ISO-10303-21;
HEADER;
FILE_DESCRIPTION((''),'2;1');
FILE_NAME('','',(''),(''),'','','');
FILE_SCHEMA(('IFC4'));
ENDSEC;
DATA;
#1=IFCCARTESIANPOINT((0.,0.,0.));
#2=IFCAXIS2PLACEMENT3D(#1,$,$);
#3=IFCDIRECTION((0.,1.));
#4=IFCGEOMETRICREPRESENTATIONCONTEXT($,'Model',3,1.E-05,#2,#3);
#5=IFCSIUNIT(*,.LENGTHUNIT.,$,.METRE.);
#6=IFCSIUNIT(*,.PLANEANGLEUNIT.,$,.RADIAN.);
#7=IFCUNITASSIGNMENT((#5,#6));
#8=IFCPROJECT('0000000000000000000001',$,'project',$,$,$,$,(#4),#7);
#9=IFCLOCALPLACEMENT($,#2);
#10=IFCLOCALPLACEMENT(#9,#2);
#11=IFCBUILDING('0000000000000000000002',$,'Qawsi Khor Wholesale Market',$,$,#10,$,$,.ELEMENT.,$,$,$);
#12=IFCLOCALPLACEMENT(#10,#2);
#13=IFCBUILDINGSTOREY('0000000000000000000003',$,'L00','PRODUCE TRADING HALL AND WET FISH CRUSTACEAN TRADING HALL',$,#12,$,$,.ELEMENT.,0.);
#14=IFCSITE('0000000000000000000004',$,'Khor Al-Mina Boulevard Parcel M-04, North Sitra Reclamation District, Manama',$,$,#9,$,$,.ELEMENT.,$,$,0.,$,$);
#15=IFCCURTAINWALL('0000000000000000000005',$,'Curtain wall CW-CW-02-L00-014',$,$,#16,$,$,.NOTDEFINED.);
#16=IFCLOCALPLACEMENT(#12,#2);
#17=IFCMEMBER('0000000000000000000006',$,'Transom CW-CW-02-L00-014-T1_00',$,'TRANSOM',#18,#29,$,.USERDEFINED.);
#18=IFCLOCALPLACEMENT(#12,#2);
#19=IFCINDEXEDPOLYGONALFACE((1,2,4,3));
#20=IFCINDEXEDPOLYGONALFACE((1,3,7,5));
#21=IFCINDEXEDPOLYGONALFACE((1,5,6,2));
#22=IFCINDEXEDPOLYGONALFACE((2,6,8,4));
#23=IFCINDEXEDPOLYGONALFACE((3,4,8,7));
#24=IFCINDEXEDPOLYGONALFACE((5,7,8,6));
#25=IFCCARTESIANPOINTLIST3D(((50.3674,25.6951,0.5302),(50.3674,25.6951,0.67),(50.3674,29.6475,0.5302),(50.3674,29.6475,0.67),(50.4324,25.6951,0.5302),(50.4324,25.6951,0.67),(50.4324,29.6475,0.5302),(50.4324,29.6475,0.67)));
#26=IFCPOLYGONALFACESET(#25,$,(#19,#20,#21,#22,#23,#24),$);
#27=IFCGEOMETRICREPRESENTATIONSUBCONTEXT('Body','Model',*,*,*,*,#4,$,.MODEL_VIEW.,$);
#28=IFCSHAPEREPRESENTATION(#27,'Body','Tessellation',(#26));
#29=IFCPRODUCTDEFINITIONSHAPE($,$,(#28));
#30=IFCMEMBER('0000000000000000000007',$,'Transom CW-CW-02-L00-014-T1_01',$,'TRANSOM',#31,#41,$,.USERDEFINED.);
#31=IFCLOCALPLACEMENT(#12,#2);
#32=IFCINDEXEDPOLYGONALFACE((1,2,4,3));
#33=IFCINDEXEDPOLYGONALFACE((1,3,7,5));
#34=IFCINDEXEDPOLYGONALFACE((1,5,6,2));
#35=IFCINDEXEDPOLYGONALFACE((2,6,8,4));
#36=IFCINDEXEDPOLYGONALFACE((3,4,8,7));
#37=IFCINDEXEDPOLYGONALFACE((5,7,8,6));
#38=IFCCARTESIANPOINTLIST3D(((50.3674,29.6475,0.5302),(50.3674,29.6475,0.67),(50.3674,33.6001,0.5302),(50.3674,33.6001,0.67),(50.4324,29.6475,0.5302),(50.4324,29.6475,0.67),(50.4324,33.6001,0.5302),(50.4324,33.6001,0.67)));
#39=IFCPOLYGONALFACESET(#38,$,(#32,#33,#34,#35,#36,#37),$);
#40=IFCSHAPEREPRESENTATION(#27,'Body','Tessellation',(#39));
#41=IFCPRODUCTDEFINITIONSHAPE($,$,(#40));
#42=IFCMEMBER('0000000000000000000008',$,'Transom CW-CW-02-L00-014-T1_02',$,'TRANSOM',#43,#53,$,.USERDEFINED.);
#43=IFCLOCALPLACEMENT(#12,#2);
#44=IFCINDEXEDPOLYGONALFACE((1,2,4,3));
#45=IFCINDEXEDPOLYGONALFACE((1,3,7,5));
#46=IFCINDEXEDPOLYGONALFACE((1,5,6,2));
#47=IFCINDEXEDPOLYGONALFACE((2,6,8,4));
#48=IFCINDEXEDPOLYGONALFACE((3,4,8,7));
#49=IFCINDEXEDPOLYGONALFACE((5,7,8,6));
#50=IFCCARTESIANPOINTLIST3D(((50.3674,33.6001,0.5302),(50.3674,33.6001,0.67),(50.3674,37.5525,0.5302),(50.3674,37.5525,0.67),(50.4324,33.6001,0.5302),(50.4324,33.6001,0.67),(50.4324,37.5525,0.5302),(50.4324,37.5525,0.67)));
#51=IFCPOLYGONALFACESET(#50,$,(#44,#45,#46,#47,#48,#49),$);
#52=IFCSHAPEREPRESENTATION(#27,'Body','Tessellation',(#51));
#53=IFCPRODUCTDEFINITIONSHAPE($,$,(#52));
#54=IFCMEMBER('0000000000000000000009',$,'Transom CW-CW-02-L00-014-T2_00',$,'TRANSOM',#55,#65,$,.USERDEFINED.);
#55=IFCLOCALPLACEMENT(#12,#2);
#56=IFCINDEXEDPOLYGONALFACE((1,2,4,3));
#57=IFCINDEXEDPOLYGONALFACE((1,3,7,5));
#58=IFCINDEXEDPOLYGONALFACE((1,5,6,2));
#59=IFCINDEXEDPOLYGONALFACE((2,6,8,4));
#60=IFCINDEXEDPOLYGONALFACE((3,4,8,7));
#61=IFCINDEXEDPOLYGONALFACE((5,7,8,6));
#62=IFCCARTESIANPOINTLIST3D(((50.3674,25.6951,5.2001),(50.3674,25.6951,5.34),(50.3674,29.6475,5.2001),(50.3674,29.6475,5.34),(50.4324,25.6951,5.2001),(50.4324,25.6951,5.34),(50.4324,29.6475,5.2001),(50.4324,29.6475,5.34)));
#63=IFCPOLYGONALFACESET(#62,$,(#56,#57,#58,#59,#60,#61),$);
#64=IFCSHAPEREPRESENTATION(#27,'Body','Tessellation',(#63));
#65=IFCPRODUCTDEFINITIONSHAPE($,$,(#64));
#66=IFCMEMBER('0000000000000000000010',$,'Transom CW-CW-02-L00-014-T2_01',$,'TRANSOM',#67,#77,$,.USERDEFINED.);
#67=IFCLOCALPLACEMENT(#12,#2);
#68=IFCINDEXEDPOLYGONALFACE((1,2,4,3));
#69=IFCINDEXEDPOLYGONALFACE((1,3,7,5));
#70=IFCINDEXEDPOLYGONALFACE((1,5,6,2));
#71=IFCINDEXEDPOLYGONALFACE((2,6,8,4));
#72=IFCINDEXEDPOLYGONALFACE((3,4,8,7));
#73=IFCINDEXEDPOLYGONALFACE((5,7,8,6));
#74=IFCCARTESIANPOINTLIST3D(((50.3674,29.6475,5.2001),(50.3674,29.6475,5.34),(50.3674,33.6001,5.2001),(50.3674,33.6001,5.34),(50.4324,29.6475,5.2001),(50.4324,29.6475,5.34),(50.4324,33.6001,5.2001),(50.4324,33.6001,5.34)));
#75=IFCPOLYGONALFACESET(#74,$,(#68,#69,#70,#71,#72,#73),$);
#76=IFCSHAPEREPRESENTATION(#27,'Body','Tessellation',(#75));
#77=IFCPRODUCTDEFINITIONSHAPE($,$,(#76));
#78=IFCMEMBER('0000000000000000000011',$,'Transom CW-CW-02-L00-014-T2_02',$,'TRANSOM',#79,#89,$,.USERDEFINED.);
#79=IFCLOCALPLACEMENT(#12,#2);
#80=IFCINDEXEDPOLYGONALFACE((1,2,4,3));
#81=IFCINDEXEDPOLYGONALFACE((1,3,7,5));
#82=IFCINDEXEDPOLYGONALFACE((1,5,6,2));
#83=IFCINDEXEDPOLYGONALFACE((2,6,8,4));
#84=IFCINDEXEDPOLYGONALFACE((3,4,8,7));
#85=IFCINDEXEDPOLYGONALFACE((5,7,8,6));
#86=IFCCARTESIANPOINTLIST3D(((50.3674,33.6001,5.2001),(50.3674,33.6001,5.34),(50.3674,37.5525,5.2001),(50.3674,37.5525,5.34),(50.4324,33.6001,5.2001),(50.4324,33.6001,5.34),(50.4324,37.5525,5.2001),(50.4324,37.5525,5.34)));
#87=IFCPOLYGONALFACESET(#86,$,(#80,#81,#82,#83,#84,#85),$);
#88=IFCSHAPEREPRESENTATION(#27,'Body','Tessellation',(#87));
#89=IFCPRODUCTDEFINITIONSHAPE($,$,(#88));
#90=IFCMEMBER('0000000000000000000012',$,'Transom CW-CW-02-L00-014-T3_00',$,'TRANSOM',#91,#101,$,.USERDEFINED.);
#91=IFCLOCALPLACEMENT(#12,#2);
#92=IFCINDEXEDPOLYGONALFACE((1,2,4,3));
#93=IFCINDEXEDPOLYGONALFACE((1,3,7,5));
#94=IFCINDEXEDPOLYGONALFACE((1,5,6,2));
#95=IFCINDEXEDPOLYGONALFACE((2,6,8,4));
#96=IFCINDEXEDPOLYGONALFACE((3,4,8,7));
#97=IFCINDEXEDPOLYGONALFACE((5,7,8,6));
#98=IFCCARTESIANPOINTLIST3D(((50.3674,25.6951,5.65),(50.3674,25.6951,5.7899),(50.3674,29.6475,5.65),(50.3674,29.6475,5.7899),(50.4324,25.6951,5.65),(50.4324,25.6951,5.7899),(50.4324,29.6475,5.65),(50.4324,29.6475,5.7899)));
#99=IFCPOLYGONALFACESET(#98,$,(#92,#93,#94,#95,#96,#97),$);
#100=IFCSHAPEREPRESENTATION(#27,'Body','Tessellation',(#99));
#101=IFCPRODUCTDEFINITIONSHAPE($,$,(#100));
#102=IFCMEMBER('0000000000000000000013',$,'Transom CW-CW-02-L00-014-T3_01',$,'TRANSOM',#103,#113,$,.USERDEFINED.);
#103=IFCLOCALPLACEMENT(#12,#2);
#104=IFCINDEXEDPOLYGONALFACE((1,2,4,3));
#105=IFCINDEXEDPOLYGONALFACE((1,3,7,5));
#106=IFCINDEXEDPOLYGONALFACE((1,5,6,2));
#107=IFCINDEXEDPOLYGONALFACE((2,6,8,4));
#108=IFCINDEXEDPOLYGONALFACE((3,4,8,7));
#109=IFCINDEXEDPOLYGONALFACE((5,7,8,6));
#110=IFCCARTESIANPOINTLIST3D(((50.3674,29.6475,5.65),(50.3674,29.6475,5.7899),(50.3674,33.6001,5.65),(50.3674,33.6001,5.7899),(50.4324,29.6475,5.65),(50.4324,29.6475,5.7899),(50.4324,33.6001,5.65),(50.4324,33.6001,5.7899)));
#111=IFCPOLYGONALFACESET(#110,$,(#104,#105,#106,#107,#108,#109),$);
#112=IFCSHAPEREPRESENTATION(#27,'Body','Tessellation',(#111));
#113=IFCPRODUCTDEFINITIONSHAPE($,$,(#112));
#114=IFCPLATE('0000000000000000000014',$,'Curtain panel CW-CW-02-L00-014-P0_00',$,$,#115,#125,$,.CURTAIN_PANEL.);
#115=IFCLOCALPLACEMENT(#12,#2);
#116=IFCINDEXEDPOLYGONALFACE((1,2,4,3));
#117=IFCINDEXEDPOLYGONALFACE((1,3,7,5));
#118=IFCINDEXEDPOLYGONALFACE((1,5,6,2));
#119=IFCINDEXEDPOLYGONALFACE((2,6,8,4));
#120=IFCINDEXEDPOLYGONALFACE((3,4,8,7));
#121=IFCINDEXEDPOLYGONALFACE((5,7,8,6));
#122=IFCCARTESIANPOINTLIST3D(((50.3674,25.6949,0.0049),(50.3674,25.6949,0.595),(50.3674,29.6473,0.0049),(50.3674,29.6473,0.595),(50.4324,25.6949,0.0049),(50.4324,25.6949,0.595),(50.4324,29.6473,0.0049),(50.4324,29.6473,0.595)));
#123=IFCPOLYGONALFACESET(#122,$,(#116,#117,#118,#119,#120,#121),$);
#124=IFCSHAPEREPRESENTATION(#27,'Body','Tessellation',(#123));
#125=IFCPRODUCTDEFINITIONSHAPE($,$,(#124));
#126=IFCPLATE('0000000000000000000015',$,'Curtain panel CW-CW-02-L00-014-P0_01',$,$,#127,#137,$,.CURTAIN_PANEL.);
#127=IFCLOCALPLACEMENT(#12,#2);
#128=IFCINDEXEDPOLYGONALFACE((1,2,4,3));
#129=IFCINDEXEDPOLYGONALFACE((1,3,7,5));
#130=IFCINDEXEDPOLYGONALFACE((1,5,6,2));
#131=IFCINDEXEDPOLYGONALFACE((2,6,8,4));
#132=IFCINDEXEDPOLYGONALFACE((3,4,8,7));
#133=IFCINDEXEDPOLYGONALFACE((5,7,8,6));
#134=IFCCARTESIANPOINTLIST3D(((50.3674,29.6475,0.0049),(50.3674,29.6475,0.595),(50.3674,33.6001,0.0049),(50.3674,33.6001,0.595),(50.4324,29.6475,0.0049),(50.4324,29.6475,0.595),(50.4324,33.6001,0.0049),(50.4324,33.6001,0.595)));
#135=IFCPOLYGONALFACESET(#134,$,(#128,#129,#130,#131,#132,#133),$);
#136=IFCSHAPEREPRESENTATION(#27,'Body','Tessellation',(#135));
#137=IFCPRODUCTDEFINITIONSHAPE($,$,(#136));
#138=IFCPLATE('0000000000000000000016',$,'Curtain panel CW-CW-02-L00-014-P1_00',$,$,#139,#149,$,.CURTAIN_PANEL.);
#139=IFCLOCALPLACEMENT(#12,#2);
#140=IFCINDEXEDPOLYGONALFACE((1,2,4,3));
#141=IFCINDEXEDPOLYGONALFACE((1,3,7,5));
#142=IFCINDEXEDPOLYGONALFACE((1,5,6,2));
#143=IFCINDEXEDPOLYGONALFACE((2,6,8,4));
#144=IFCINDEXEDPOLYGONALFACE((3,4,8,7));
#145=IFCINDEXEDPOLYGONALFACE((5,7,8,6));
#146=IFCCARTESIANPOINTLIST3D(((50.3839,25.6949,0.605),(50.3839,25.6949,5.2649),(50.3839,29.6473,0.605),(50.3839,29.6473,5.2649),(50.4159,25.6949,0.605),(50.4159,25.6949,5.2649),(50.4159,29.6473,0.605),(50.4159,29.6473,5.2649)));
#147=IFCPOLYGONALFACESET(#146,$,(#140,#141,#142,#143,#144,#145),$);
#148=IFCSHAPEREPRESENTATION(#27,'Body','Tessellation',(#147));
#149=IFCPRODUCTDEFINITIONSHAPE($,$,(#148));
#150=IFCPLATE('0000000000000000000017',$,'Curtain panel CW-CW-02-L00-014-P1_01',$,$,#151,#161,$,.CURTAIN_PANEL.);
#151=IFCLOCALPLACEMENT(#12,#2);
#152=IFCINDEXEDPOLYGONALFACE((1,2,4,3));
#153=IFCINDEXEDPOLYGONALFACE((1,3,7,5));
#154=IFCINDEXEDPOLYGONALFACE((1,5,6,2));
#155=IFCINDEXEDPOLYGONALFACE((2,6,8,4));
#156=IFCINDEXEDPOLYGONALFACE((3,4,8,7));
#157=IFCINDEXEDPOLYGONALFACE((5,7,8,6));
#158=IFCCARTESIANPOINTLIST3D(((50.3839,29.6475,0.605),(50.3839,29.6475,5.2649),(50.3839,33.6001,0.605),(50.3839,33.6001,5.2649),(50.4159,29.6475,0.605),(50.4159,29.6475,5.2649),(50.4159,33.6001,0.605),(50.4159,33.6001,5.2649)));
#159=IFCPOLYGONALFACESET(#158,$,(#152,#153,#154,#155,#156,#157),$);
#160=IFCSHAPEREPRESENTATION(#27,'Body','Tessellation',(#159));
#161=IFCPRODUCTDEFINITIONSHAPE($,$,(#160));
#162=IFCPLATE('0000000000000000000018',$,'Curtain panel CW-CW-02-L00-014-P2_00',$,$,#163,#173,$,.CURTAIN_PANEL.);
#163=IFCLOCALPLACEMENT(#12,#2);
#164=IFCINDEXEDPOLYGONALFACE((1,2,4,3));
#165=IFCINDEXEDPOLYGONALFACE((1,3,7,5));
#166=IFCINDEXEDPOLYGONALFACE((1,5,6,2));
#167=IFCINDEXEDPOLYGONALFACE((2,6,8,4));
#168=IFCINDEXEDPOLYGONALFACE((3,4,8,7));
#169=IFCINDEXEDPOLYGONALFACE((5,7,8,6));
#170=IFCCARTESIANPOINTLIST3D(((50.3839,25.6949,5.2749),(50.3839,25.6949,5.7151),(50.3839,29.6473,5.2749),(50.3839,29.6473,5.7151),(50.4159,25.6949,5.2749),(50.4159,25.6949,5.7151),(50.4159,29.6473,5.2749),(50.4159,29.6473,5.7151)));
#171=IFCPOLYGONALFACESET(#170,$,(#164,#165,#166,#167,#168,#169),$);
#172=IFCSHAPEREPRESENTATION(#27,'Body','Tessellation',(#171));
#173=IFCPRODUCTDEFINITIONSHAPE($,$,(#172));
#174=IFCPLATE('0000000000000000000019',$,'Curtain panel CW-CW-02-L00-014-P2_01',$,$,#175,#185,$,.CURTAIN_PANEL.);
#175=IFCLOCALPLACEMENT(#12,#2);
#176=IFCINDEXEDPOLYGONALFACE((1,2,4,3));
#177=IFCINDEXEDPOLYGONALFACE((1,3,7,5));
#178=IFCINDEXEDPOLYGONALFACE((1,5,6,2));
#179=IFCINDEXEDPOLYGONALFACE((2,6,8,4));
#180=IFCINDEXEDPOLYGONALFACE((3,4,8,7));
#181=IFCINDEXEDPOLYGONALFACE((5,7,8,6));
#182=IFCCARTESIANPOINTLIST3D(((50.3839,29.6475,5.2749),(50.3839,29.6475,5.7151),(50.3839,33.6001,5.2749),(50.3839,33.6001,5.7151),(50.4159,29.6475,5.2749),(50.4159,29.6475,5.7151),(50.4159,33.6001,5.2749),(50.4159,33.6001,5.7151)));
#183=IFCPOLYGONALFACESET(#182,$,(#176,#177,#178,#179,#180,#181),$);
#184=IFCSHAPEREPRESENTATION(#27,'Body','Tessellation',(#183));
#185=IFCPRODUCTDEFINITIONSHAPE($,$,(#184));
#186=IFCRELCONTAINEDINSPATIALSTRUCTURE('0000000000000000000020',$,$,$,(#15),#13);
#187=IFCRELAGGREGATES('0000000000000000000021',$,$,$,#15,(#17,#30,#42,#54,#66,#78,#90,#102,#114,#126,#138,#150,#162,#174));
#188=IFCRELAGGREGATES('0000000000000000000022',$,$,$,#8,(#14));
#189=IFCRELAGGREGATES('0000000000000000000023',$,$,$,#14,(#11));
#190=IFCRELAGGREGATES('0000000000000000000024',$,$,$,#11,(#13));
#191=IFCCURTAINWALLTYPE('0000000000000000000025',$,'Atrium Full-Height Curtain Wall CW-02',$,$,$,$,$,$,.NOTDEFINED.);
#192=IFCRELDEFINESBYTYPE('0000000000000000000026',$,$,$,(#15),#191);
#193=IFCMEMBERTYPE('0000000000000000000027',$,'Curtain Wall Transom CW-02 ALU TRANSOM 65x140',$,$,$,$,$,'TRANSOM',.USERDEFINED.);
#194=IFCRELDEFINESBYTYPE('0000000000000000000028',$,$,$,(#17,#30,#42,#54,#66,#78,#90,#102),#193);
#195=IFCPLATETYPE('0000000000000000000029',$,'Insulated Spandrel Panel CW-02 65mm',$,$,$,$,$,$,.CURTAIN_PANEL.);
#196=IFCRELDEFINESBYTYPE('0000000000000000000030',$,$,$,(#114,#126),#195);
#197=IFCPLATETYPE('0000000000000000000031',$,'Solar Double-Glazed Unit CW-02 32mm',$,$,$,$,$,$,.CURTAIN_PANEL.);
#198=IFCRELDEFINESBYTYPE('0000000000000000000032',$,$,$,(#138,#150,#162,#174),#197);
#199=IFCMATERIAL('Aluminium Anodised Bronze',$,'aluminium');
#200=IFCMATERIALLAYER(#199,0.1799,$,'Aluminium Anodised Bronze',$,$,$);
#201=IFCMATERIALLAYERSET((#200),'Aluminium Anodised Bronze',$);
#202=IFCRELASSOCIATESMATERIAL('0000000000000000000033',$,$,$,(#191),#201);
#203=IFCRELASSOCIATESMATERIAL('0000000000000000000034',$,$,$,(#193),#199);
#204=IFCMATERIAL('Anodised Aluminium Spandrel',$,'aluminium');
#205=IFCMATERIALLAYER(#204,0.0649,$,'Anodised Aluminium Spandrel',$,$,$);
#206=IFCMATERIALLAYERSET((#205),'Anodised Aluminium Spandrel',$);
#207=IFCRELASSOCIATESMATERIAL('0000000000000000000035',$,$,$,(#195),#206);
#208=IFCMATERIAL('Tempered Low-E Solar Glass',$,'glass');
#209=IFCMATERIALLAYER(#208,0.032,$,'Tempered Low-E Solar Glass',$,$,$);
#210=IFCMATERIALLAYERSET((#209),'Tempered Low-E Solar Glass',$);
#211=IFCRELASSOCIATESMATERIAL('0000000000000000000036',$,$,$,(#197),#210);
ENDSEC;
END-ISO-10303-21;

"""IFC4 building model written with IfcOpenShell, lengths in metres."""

from ifc_helpers import new_model, si_unit, direction, frame, frame_2d, origin, origin_2d, place, context, subcontext, project, spatial, rectangle, extrude, material, layer, layer_set, material_profile, profile_set, type_object, element, aggregate, save


model = new_model("IFC4")

# Units and contexts
model_context = context("Model", 3, precision=1e-05, world=origin(), true_north=direction((0.0, 1.0)))
body_context = subcontext(model_context, "Body", "Model", "MODEL_VIEW")
ifc_project = project(units=[si_unit("LENGTHUNIT", "METRE"), si_unit("PLANEANGLEUNIT", "RADIAN")], contexts=[model_context])

# Site, building, storey
site_placement = place(None, origin())
site = spatial("IfcSite", under=ifc_project, at=site_placement, Name="Khor Al-Mina Boulevard Parcel M-04, North Sitra Reclamation District, Manama", CompositionType="ELEMENT", RefElevation=0.0)
building_placement = place(site_placement, origin())
building = spatial("IfcBuilding", under=site, at=building_placement, Name="Qawsi Khor Wholesale Market", CompositionType="ELEMENT")
storey_placement = place(building_placement, origin())
storey = spatial("IfcBuildingStorey", under=building, at=storey_placement, Name="L00", Description="PRODUCE TRADING HALL AND WET FISH CRUSTACEAN TRADING HALL", CompositionType="ELEMENT", Elevation=0.0)

# Curtain wall, members, plates
ifc_material_1 = material(Name="Aluminium Anodised Bronze", Category="aluminium")
ifc_layer_1 = layer(ifc_material_1, 0.1799, Name="Aluminium Anodised Bronze")
ifc_layer_set_1 = layer_set([ifc_layer_1], Name="Aluminium Anodised Bronze")
curtain_wall_type = type_object("IfcCurtainWallType", Name="Atrium Full-Height Curtain Wall CW-02", PredefinedType="NOTDEFINED", material=ifc_layer_set_1)
curtain_wall_placement = place(storey_placement, origin())
curtain_wall = element("IfcCurtainWall", 1, at=curtain_wall_placement, inside=storey, type_object=curtain_wall_type, Name="Curtain wall CW-CW-02-L00-014", PredefinedType="NOTDEFINED")
ifc_material_profile_1 = material_profile(ifc_material_1, rectangle(XDim=0.0649, YDim=0.1399, at=origin_2d()), Name="ALU TRANSOM 65x140")
ifc_profile_set_1 = profile_set([ifc_material_profile_1], Name="Aluminium Anodised Bronze")
member_type_1 = type_object("IfcMemberType", Name="Curtain Wall Transom CW-02 ALU TRANSOM 65x140", ElementType="TRANSOM", PredefinedType="USERDEFINED", material=ifc_profile_set_1)
member_1_placement = place(storey_placement, frame((50.3999, 25.6951, 0.6001), z_axis=(0.0, 1.0, 0.0), x_axis=(-1.0, 0.0, 0.0)))
member_1 = element("IfcMember", 2, at=member_1_placement, type_object=member_type_1, Name="Transom CW-CW-02-L00-014-T1_00", ObjectType="TRANSOM", PredefinedType="USERDEFINED", context=body_context, shape_type="SweptSolid", body=[
    extrude(rectangle(XDim=0.0649, YDim=0.1399, at=origin_2d()), origin(), (0.0, 0.0, 1.0), 3.9524),
])
member_2_placement = place(storey_placement, frame((50.3999, 29.6475, 0.6001), z_axis=(0.0, 1.0, 0.0), x_axis=(-1.0, 0.0, 0.0)))
member_2 = element("IfcMember", 3, at=member_2_placement, type_object=member_type_1, Name="Transom CW-CW-02-L00-014-T1_01", ObjectType="TRANSOM", PredefinedType="USERDEFINED", context=body_context, shape_type="SweptSolid", body=[
    extrude(rectangle(XDim=0.0649, YDim=0.1399, at=origin_2d()), origin(), (0.0, 0.0, 1.0), 3.9526),
])
member_3_placement = place(storey_placement, frame((50.3999, 33.6001, 0.6001), z_axis=(0.0, 1.0, 0.0), x_axis=(-1.0, 0.0, 0.0)))
member_3 = element("IfcMember", 4, at=member_3_placement, type_object=member_type_1, Name="Transom CW-CW-02-L00-014-T1_02", ObjectType="TRANSOM", PredefinedType="USERDEFINED", context=body_context, shape_type="SweptSolid", body=[
    extrude(rectangle(XDim=0.0649, YDim=0.1399, at=origin_2d()), origin(), (0.0, 0.0, 1.0), 3.9524),
])
member_4_placement = place(storey_placement, frame((50.3999, 25.6951, 5.27), z_axis=(0.0, 1.0, 0.0), x_axis=(-1.0, 0.0, 0.0)))
member_4 = element("IfcMember", 5, at=member_4_placement, type_object=member_type_1, Name="Transom CW-CW-02-L00-014-T2_00", ObjectType="TRANSOM", PredefinedType="USERDEFINED", context=body_context, shape_type="SweptSolid", body=[
    extrude(rectangle(XDim=0.0649, YDim=0.1399, at=origin_2d()), origin(), (0.0, 0.0, 1.0), 3.9524),
])
member_5_placement = place(storey_placement, frame((50.3999, 29.6475, 5.27), z_axis=(0.0, 1.0, 0.0), x_axis=(-1.0, 0.0, 0.0)))
member_5 = element("IfcMember", 6, at=member_5_placement, type_object=member_type_1, Name="Transom CW-CW-02-L00-014-T2_01", ObjectType="TRANSOM", PredefinedType="USERDEFINED", context=body_context, shape_type="SweptSolid", body=[
    extrude(rectangle(XDim=0.0649, YDim=0.1399, at=origin_2d()), origin(), (0.0, 0.0, 1.0), 3.9526),
])
member_6_placement = place(storey_placement, frame((50.3999, 33.6001, 5.27), z_axis=(0.0, 1.0, 0.0), x_axis=(-1.0, 0.0, 0.0)))
member_6 = element("IfcMember", 7, at=member_6_placement, type_object=member_type_1, Name="Transom CW-CW-02-L00-014-T2_02", ObjectType="TRANSOM", PredefinedType="USERDEFINED", context=body_context, shape_type="SweptSolid", body=[
    extrude(rectangle(XDim=0.0649, YDim=0.1399, at=origin_2d()), origin(), (0.0, 0.0, 1.0), 3.9524),
])
member_7_placement = place(storey_placement, frame((50.3999, 25.6951, 5.72), z_axis=(0.0, 1.0, 0.0), x_axis=(-1.0, 0.0, 0.0)))
member_7 = element("IfcMember", 8, at=member_7_placement, type_object=member_type_1, Name="Transom CW-CW-02-L00-014-T3_00", ObjectType="TRANSOM", PredefinedType="USERDEFINED", context=body_context, shape_type="SweptSolid", body=[
    extrude(rectangle(XDim=0.0649, YDim=0.1399, at=origin_2d()), origin(), (0.0, 0.0, 1.0), 3.9524),
])
member_8_placement = place(storey_placement, frame((50.3999, 29.6475, 5.72), z_axis=(0.0, 1.0, 0.0), x_axis=(-1.0, 0.0, 0.0)))
member_8 = element("IfcMember", 9, at=member_8_placement, type_object=member_type_1, Name="Transom CW-CW-02-L00-014-T3_01", ObjectType="TRANSOM", PredefinedType="USERDEFINED", context=body_context, shape_type="SweptSolid", body=[
    extrude(rectangle(XDim=0.0649, YDim=0.1399, at=origin_2d()), origin(), (0.0, 0.0, 1.0), 3.9526),
])
ifc_material_2 = material(Name="Anodised Aluminium Spandrel", Category="aluminium")
ifc_layer_2 = layer(ifc_material_2, 0.0649, Name="Anodised Aluminium Spandrel")
ifc_layer_set_2 = layer_set([ifc_layer_2], Name="Anodised Aluminium Spandrel")
plate_type_1 = type_object("IfcPlateType", Name="Insulated Spandrel Panel CW-02 65mm", PredefinedType="CURTAIN_PANEL", material=ifc_layer_set_2)
plate_1_placement = place(storey_placement, frame((50.3999, 25.6951, 0.0049), z_axis=(0.0, 0.0, 1.0), x_axis=(0.0, 1.0, 0.0)))
plate_1 = element("IfcPlate", 10, at=plate_1_placement, type_object=plate_type_1, Name="Curtain panel CW-CW-02-L00-014-P0_00", PredefinedType="CURTAIN_PANEL", context=body_context, shape_type="SweptSolid", body=[
    extrude(rectangle(XDim=3.9524, YDim=0.0649, at=frame_2d((1.9761, 0.0))), origin(), (0.0, 0.0, 1.0), 0.5901),
])
plate_2_placement = place(storey_placement, frame((50.3999, 29.6475, 0.0049), z_axis=(0.0, 0.0, 1.0), x_axis=(0.0, 1.0, 0.0)))
plate_2 = element("IfcPlate", 11, at=plate_2_placement, type_object=plate_type_1, Name="Curtain panel CW-CW-02-L00-014-P0_01", PredefinedType="CURTAIN_PANEL", context=body_context, shape_type="SweptSolid", body=[
    extrude(rectangle(XDim=3.9526, YDim=0.0649, at=frame_2d((1.9763, 0.0))), origin(), (0.0, 0.0, 1.0), 0.5901),
])
ifc_material_3 = material(Name="Tempered Low-E Solar Glass", Category="glass")
ifc_layer_3 = layer(ifc_material_3, 0.032, Name="Tempered Low-E Solar Glass")
ifc_layer_set_3 = layer_set([ifc_layer_3], Name="Tempered Low-E Solar Glass")
plate_type_2 = type_object("IfcPlateType", Name="Solar Double-Glazed Unit CW-02 32mm", PredefinedType="CURTAIN_PANEL", material=ifc_layer_set_3)
plate_3_placement = place(storey_placement, frame((50.3999, 25.6951, 0.605), z_axis=(0.0, 0.0, 1.0), x_axis=(0.0, 1.0, 0.0)))
plate_3 = element("IfcPlate", 12, at=plate_3_placement, type_object=plate_type_2, Name="Curtain panel CW-CW-02-L00-014-P1_00", PredefinedType="CURTAIN_PANEL", context=body_context, shape_type="SweptSolid", body=[
    extrude(rectangle(XDim=3.9524, YDim=0.032, at=frame_2d((1.9761, 0.0))), origin(), (0.0, 0.0, 1.0), 4.6599),
])
plate_4_placement = place(storey_placement, frame((50.3999, 29.6475, 0.605), z_axis=(0.0, 0.0, 1.0), x_axis=(0.0, 1.0, 0.0)))
plate_4 = element("IfcPlate", 13, at=plate_4_placement, type_object=plate_type_2, Name="Curtain panel CW-CW-02-L00-014-P1_01", PredefinedType="CURTAIN_PANEL", context=body_context, shape_type="SweptSolid", body=[
    extrude(rectangle(XDim=3.9526, YDim=0.032, at=frame_2d((1.9763, 0.0))), origin(), (0.0, 0.0, 1.0), 4.6599),
])
plate_5_placement = place(storey_placement, frame((50.3999, 25.6951, 5.2749), z_axis=(0.0, 0.0, 1.0), x_axis=(0.0, 1.0, 0.0)))
plate_5 = element("IfcPlate", 14, at=plate_5_placement, type_object=plate_type_2, Name="Curtain panel CW-CW-02-L00-014-P2_00", PredefinedType="CURTAIN_PANEL", context=body_context, shape_type="SweptSolid", body=[
    extrude(rectangle(XDim=3.9524, YDim=0.032, at=frame_2d((1.9761, 0.0))), origin(), (0.0, 0.0, 1.0), 0.4402),
])
plate_6_placement = place(storey_placement, frame((50.3999, 29.6475, 5.2749), z_axis=(0.0, 0.0, 1.0), x_axis=(0.0, 1.0, 0.0)))
plate_6 = element("IfcPlate", 15, at=plate_6_placement, type_object=plate_type_2, Name="Curtain panel CW-CW-02-L00-014-P2_01", PredefinedType="CURTAIN_PANEL", context=body_context, shape_type="SweptSolid", body=[
    extrude(rectangle(XDim=3.9526, YDim=0.032, at=frame_2d((1.9763, 0.0))), origin(), (0.0, 0.0, 1.0), 0.4402),
])
aggregate(curtain_wall, [member_1, member_2, member_3, member_4, member_5, member_6, member_7, member_8, plate_1, plate_2, plate_3, plate_4, plate_5, plate_6])

save(model, "model.ifc")
